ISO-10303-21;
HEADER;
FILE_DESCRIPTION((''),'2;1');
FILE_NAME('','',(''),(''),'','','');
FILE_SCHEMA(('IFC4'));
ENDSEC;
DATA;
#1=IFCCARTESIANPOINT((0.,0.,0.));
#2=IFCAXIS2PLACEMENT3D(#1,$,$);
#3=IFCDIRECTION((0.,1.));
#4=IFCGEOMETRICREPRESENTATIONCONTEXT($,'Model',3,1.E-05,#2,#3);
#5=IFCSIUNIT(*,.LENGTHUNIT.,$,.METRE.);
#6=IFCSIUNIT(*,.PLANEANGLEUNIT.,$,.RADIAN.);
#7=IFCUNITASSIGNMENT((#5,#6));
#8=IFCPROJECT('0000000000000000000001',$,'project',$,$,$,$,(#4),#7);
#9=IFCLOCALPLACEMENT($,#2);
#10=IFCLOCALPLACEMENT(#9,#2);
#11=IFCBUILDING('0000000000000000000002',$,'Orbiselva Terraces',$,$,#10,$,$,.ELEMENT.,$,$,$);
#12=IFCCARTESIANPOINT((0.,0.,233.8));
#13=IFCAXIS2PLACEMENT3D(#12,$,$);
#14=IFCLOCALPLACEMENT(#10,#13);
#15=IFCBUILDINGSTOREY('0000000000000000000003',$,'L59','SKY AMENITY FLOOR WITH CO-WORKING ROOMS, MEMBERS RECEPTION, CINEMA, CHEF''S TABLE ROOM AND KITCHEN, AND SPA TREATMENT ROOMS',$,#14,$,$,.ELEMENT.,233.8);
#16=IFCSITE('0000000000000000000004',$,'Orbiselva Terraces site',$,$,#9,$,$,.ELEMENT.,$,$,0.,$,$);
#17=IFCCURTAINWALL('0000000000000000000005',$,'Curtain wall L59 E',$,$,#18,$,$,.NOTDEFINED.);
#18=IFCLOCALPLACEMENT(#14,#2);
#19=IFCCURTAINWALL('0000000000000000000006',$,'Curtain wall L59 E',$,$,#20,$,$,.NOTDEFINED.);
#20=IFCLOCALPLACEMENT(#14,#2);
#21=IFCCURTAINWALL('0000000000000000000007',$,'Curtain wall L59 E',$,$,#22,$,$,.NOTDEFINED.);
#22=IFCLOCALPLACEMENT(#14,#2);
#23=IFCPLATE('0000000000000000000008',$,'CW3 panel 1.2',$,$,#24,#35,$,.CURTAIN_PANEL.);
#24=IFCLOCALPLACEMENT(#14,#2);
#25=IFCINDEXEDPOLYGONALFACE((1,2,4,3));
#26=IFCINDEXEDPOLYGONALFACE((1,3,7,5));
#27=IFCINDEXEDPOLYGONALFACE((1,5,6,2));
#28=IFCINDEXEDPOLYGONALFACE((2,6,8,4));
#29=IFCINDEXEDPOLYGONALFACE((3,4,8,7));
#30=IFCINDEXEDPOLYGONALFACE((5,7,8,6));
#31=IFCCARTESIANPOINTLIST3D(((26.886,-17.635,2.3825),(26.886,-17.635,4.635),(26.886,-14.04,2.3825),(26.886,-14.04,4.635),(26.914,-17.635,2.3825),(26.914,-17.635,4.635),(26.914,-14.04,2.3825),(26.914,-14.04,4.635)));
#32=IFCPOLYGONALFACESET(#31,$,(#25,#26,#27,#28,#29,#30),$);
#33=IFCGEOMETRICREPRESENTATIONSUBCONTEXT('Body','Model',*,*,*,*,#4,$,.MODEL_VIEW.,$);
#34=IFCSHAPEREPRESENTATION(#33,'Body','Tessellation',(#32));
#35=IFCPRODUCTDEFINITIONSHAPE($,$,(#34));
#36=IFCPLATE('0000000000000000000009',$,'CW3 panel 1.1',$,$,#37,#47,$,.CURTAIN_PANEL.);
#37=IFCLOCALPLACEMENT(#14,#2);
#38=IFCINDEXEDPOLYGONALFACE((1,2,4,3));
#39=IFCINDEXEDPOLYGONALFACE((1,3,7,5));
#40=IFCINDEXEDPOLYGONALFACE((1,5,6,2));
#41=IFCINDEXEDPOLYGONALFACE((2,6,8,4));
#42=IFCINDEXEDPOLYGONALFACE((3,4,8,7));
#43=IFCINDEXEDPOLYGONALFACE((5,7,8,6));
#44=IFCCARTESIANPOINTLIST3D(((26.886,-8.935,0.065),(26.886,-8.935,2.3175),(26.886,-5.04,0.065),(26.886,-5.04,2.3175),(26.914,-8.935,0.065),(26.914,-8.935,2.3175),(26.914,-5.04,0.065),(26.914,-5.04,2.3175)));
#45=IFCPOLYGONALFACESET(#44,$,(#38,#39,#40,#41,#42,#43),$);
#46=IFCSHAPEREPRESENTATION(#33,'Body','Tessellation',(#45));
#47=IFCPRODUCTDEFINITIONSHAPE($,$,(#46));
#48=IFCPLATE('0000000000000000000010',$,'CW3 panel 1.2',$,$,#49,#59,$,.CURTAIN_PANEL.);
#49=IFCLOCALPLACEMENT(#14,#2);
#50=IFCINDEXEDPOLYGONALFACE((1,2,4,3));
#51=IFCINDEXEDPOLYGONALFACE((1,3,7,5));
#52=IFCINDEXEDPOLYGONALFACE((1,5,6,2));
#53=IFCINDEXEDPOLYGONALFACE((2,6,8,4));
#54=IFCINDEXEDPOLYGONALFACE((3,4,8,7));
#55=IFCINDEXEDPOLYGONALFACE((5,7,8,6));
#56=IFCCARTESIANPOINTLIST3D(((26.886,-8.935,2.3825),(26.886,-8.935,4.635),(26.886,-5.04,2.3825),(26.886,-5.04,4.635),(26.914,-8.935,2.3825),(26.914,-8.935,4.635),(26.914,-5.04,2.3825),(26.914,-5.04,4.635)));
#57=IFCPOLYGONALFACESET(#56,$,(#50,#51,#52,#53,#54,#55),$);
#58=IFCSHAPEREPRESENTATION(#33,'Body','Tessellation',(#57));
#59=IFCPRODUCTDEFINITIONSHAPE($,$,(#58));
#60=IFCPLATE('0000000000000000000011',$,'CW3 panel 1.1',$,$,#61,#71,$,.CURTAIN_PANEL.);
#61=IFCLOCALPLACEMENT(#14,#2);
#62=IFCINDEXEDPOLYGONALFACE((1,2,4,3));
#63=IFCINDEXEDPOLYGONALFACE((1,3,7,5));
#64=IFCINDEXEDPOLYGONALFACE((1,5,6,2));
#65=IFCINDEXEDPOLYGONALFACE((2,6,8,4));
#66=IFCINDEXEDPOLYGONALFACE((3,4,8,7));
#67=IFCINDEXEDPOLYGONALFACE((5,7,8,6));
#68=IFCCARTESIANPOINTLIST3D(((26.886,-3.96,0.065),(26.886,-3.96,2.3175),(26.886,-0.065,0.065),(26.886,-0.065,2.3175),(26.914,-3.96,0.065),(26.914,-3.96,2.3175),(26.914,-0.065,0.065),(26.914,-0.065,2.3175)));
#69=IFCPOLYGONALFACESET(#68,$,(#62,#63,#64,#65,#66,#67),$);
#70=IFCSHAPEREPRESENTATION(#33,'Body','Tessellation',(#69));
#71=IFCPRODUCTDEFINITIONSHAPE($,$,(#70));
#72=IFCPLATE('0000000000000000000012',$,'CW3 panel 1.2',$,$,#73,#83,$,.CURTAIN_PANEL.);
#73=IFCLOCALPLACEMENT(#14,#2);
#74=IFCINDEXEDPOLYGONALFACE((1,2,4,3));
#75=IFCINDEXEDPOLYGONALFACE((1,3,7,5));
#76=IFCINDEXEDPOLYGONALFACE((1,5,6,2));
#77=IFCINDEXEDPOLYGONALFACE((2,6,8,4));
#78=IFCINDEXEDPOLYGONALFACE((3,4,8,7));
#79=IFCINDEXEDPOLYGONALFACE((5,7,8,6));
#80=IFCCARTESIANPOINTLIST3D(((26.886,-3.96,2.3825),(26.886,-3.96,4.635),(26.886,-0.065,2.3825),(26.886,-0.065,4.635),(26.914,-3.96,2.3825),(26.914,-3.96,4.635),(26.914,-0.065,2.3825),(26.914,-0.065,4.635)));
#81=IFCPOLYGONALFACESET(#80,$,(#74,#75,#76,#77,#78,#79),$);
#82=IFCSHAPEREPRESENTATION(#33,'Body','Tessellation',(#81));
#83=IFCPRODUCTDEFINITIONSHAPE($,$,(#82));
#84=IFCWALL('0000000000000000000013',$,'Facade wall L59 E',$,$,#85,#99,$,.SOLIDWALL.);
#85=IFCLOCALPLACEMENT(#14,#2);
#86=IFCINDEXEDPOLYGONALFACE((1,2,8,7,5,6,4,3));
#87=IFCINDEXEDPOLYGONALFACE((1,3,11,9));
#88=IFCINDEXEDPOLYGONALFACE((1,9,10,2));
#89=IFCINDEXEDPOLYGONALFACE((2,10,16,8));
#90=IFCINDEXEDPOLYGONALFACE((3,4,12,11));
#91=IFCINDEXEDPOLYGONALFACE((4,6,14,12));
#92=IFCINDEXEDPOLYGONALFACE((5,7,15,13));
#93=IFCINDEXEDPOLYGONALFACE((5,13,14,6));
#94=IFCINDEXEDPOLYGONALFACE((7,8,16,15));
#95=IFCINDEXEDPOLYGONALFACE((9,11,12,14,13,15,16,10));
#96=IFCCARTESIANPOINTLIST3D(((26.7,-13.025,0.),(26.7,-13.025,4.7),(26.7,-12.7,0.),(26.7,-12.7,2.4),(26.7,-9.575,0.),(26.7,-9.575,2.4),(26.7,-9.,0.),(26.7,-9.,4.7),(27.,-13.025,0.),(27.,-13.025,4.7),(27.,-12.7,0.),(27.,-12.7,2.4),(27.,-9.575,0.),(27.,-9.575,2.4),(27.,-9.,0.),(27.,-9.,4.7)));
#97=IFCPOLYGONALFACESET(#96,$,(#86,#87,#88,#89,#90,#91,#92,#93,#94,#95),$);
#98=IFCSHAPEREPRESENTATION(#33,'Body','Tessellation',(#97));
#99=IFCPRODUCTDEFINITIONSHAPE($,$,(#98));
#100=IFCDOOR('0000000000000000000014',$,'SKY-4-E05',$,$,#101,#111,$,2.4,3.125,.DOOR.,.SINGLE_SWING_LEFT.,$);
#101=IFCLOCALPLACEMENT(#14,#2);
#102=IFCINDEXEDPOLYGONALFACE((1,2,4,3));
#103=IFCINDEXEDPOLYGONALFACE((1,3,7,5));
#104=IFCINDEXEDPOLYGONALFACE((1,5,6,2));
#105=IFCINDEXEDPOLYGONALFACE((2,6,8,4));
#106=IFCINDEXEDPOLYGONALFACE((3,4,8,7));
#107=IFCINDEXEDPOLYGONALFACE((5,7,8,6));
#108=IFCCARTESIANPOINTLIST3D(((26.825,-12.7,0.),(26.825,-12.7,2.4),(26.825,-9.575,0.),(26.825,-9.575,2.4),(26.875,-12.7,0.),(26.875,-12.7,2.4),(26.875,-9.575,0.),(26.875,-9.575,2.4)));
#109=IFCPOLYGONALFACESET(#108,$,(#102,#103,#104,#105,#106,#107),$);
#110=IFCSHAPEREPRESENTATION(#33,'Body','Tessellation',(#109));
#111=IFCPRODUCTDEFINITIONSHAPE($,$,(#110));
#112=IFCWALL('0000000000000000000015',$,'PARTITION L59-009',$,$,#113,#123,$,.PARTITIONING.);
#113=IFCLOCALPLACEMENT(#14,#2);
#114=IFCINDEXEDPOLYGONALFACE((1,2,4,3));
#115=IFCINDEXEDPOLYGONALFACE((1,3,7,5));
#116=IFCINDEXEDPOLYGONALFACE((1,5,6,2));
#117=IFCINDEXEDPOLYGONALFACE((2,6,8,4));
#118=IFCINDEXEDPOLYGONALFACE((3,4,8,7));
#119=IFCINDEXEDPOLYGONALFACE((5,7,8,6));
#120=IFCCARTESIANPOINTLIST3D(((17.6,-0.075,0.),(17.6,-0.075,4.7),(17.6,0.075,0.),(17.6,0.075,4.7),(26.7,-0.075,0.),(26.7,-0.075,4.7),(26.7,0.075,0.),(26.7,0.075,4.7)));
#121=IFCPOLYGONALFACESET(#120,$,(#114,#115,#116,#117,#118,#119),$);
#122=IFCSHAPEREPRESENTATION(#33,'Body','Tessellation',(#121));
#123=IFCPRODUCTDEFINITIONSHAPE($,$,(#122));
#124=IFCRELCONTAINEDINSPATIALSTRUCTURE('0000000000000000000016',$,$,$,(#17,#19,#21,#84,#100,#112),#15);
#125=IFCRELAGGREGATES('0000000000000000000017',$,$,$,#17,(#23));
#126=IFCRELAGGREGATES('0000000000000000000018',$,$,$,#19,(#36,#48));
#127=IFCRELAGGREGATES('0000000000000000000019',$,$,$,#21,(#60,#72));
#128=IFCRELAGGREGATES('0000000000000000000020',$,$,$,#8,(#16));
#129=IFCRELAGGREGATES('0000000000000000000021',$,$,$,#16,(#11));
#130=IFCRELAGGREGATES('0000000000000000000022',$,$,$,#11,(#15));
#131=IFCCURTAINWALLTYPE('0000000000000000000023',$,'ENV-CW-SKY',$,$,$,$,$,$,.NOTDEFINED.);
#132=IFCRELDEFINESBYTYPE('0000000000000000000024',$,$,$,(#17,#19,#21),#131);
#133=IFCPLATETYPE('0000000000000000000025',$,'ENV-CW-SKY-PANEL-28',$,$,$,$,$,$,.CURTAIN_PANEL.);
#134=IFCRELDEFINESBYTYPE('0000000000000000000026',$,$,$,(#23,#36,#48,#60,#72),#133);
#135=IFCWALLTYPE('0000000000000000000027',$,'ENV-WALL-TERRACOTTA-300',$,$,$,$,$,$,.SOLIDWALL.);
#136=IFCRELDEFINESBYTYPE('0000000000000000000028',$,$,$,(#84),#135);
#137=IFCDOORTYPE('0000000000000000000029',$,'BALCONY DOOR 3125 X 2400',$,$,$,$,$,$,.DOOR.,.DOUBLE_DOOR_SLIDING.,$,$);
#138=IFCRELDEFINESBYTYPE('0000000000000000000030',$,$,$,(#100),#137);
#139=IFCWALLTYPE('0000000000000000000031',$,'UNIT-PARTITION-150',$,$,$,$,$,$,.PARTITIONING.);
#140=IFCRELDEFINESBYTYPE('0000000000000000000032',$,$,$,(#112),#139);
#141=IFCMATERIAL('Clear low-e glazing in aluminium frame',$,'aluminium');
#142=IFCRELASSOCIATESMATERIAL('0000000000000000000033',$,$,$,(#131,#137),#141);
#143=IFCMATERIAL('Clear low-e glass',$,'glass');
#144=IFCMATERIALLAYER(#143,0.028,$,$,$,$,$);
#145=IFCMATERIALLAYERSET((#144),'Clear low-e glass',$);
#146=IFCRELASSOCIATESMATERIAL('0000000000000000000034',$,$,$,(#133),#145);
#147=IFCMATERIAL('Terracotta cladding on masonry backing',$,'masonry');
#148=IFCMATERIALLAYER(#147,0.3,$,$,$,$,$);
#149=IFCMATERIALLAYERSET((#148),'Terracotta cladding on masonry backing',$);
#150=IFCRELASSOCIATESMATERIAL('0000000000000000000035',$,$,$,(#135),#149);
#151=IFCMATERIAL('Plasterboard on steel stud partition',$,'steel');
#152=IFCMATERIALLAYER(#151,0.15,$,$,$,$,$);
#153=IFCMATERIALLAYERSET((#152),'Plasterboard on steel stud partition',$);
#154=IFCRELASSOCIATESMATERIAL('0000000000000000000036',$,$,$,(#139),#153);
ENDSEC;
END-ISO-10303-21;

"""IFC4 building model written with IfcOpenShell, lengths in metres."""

from ifc_helpers import new_model, si_unit, direction, frame, frame_2d, origin, origin_2d, place, context, subcontext, project, spatial, rectangle, extrude, material, layer, layer_set, type_object, element, fill, aggregate, save


model = new_model("IFC4")

# Units and contexts
model_context = context("Model", 3, precision=1e-05, world=origin(), true_north=direction((0.0, 1.0)))
body_context = subcontext(model_context, "Body", "Model", "MODEL_VIEW")
ifc_project = project(units=[si_unit("LENGTHUNIT", "METRE"), si_unit("PLANEANGLEUNIT", "RADIAN")], contexts=[model_context])

# Site, building, storey
site_placement = place(None, origin())
site = spatial("IfcSite", under=ifc_project, at=site_placement, Name="Orbiselva Terraces site", CompositionType="ELEMENT", RefElevation=0.0)
building_placement = place(site_placement, origin())
building = spatial("IfcBuilding", under=site, at=building_placement, Name="Orbiselva Terraces", CompositionType="ELEMENT")
storey_placement = place(building_placement, frame((0.0, 0.0, 233.8)))
storey = spatial("IfcBuildingStorey", under=building, at=storey_placement, Name="L59", Description="SKY AMENITY FLOOR WITH CO-WORKING ROOMS, MEMBERS RECEPTION, CINEMA, CHEF'S TABLE ROOM AND KITCHEN, AND SPA TREATMENT ROOMS", CompositionType="ELEMENT", Elevation=233.8)

# Curtain wall
ifc_material_1 = material(Name="Clear low-e glazing in aluminium frame", Category="aluminium")
curtain_wall_type = type_object("IfcCurtainWallType", Name="ENV-CW-SKY", PredefinedType="NOTDEFINED", material=ifc_material_1)
curtain_wall_1_placement = place(storey_placement, origin())
curtain_wall_1 = element("IfcCurtainWall", 1, at=curtain_wall_1_placement, inside=storey, type_object=curtain_wall_type, Name="Curtain wall L59 E", PredefinedType="NOTDEFINED")

# Curtain walls
curtain_wall_2_placement = place(storey_placement, origin())
curtain_wall_2 = element("IfcCurtainWall", 2, at=curtain_wall_2_placement, inside=storey, type_object=curtain_wall_type, Name="Curtain wall L59 E", PredefinedType="NOTDEFINED")
curtain_wall_3_placement = place(storey_placement, origin())
curtain_wall_3 = element("IfcCurtainWall", 3, at=curtain_wall_3_placement, inside=storey, type_object=curtain_wall_type, Name="Curtain wall L59 E", PredefinedType="NOTDEFINED")

# Plates
ifc_material_2 = material(Name="Clear low-e glass", Category="glass")
ifc_layer_1 = layer(ifc_material_2, 0.028)
ifc_layer_set_1 = layer_set([ifc_layer_1], Name="Clear low-e glass")
plate_type = type_object("IfcPlateType", Name="ENV-CW-SKY-PANEL-28", PredefinedType="CURTAIN_PANEL", material=ifc_layer_set_1)
plate_1_placement = place(storey_placement, frame((26.9, -15.8375, 2.3825), z_axis=(0.0, 0.0, 1.0), x_axis=(0.0, 1.0, 0.0)))
plate_1 = element("IfcPlate", 4, at=plate_1_placement, type_object=plate_type, Name="CW3 panel 1.2", PredefinedType="CURTAIN_PANEL", context=body_context, shape_type="SweptSolid", body=[
    extrude(rectangle(XDim=3.595, YDim=0.028, at=origin_2d()), origin(), (0.0, 0.0, 1.0), 2.2525),
])
aggregate(curtain_wall_1, [plate_1])
plate_2_placement = place(storey_placement, frame((26.9, -6.9875, 0.065), z_axis=(0.0, 0.0, 1.0), x_axis=(0.0, 1.0, 0.0)))
plate_2 = element("IfcPlate", 5, at=plate_2_placement, type_object=plate_type, Name="CW3 panel 1.1", PredefinedType="CURTAIN_PANEL", context=body_context, shape_type="SweptSolid", body=[
    extrude(rectangle(XDim=3.895, YDim=0.028, at=origin_2d()), origin(), (0.0, 0.0, 1.0), 2.2525),
])
plate_3_placement = place(storey_placement, frame((26.9, -6.9875, 2.3825), z_axis=(0.0, 0.0, 1.0), x_axis=(0.0, 1.0, 0.0)))
plate_3 = element("IfcPlate", 6, at=plate_3_placement, type_object=plate_type, Name="CW3 panel 1.2", PredefinedType="CURTAIN_PANEL", context=body_context, shape_type="SweptSolid", body=[
    extrude(rectangle(XDim=3.895, YDim=0.028, at=origin_2d()), origin(), (0.0, 0.0, 1.0), 2.2525),
])
aggregate(curtain_wall_2, [plate_2, plate_3])
plate_4_placement = place(storey_placement, frame((26.9, -2.0125, 0.065), z_axis=(0.0, 0.0, 1.0), x_axis=(0.0, 1.0, 0.0)))
plate_4 = element("IfcPlate", 7, at=plate_4_placement, type_object=plate_type, Name="CW3 panel 1.1", PredefinedType="CURTAIN_PANEL", context=body_context, shape_type="SweptSolid", body=[
    extrude(rectangle(XDim=3.895, YDim=0.028, at=origin_2d()), origin(), (0.0, 0.0, 1.0), 2.2525),
])
plate_5_placement = place(storey_placement, frame((26.9, -2.0125, 2.3825), z_axis=(0.0, 0.0, 1.0), x_axis=(0.0, 1.0, 0.0)))
plate_5 = element("IfcPlate", 8, at=plate_5_placement, type_object=plate_type, Name="CW3 panel 1.2", PredefinedType="CURTAIN_PANEL", context=body_context, shape_type="SweptSolid", body=[
    extrude(rectangle(XDim=3.895, YDim=0.028, at=origin_2d()), origin(), (0.0, 0.0, 1.0), 2.2525),
])
aggregate(curtain_wall_3, [plate_4, plate_5])

# Wall, opening, door
ifc_material_3 = material(Name="Terracotta cladding on masonry backing", Category="masonry")
ifc_layer_2 = layer(ifc_material_3, 0.3)
ifc_layer_set_2 = layer_set([ifc_layer_2], Name="Terracotta cladding on masonry backing")
wall_type_1 = type_object("IfcWallType", Name="ENV-WALL-TERRACOTTA-300", PredefinedType="SOLIDWALL", material=ifc_layer_set_2)
wall_1_placement = place(storey_placement, frame((26.85, -9.0, 0.0), z_axis=(0.0, 0.0, 1.0), x_axis=(0.0, -1.0, 0.0)))
wall_1 = element("IfcWall", 9, at=wall_1_placement, inside=storey, type_object=wall_type_1, Name="Facade wall L59 E", PredefinedType="SOLIDWALL", context=body_context, shape_type="SweptSolid", body=[
    extrude(rectangle(XDim=4.025, YDim=0.3, at=frame_2d((2.0125, 0.0))), origin(), (0.0, 0.0, 1.0), 4.7),
])
opening_placement = place(wall_1_placement, frame((0.575, 0.0, 0.0)))
opening = element("IfcOpeningElement", 10, at=opening_placement, cuts=wall_1, PredefinedType="OPENING", context=body_context, shape_type="SweptSolid", body=[
    extrude(rectangle(XDim=3.125, YDim=2.4, at=frame_2d((1.5625, 1.2))), frame((0.0, 0.16, 0.0), z_axis=(0.0, -1.0, 0.0), x_axis=(1.0, 0.0, 0.0)), (0.0, 0.0, 1.0), 0.32),
])
door_type = type_object("IfcDoorType", Name="BALCONY DOOR 3125 X 2400", OperationType="DOUBLE_DOOR_SLIDING", PredefinedType="DOOR", material=ifc_material_1)
door_placement = place(opening_placement, origin())
door = element("IfcDoor", 11, at=door_placement, inside=storey, type_object=door_type, Name="SKY-4-E05", OperationType="SINGLE_SWING_LEFT", OverallHeight=2.4, OverallWidth=3.125, PredefinedType="DOOR", context=body_context, shape_type="SweptSolid", body=[
    extrude(rectangle(XDim=3.125, YDim=2.4, at=frame_2d((1.5625, 1.2))), frame((0.0, 0.025, 0.0), z_axis=(0.0, -1.0, 0.0), x_axis=(1.0, 0.0, 0.0)), (0.0, 0.0, 1.0), 0.05),
])
fill(opening, door)

# Wall
ifc_material_4 = material(Name="Plasterboard on steel stud partition", Category="steel")
ifc_layer_3 = layer(ifc_material_4, 0.15)
ifc_layer_set_3 = layer_set([ifc_layer_3], Name="Plasterboard on steel stud partition")
wall_type_2 = type_object("IfcWallType", Name="UNIT-PARTITION-150", PredefinedType="PARTITIONING", material=ifc_layer_set_3)
wall_2_placement = place(storey_placement, frame((17.6, 0.0, 0.0), z_axis=(0.0, 0.0, 1.0), x_axis=(1.0, 0.0, 0.0)))
element("IfcWall", 12, at=wall_2_placement, inside=storey, type_object=wall_type_2, Name="PARTITION L59-009", PredefinedType="PARTITIONING", context=body_context, shape_type="SweptSolid", body=[
    extrude(rectangle(XDim=9.1, YDim=0.15, at=frame_2d((4.55, 0.0))), origin(), (0.0, 0.0, 1.0), 4.7),
])

save(model, "model.ifc")
